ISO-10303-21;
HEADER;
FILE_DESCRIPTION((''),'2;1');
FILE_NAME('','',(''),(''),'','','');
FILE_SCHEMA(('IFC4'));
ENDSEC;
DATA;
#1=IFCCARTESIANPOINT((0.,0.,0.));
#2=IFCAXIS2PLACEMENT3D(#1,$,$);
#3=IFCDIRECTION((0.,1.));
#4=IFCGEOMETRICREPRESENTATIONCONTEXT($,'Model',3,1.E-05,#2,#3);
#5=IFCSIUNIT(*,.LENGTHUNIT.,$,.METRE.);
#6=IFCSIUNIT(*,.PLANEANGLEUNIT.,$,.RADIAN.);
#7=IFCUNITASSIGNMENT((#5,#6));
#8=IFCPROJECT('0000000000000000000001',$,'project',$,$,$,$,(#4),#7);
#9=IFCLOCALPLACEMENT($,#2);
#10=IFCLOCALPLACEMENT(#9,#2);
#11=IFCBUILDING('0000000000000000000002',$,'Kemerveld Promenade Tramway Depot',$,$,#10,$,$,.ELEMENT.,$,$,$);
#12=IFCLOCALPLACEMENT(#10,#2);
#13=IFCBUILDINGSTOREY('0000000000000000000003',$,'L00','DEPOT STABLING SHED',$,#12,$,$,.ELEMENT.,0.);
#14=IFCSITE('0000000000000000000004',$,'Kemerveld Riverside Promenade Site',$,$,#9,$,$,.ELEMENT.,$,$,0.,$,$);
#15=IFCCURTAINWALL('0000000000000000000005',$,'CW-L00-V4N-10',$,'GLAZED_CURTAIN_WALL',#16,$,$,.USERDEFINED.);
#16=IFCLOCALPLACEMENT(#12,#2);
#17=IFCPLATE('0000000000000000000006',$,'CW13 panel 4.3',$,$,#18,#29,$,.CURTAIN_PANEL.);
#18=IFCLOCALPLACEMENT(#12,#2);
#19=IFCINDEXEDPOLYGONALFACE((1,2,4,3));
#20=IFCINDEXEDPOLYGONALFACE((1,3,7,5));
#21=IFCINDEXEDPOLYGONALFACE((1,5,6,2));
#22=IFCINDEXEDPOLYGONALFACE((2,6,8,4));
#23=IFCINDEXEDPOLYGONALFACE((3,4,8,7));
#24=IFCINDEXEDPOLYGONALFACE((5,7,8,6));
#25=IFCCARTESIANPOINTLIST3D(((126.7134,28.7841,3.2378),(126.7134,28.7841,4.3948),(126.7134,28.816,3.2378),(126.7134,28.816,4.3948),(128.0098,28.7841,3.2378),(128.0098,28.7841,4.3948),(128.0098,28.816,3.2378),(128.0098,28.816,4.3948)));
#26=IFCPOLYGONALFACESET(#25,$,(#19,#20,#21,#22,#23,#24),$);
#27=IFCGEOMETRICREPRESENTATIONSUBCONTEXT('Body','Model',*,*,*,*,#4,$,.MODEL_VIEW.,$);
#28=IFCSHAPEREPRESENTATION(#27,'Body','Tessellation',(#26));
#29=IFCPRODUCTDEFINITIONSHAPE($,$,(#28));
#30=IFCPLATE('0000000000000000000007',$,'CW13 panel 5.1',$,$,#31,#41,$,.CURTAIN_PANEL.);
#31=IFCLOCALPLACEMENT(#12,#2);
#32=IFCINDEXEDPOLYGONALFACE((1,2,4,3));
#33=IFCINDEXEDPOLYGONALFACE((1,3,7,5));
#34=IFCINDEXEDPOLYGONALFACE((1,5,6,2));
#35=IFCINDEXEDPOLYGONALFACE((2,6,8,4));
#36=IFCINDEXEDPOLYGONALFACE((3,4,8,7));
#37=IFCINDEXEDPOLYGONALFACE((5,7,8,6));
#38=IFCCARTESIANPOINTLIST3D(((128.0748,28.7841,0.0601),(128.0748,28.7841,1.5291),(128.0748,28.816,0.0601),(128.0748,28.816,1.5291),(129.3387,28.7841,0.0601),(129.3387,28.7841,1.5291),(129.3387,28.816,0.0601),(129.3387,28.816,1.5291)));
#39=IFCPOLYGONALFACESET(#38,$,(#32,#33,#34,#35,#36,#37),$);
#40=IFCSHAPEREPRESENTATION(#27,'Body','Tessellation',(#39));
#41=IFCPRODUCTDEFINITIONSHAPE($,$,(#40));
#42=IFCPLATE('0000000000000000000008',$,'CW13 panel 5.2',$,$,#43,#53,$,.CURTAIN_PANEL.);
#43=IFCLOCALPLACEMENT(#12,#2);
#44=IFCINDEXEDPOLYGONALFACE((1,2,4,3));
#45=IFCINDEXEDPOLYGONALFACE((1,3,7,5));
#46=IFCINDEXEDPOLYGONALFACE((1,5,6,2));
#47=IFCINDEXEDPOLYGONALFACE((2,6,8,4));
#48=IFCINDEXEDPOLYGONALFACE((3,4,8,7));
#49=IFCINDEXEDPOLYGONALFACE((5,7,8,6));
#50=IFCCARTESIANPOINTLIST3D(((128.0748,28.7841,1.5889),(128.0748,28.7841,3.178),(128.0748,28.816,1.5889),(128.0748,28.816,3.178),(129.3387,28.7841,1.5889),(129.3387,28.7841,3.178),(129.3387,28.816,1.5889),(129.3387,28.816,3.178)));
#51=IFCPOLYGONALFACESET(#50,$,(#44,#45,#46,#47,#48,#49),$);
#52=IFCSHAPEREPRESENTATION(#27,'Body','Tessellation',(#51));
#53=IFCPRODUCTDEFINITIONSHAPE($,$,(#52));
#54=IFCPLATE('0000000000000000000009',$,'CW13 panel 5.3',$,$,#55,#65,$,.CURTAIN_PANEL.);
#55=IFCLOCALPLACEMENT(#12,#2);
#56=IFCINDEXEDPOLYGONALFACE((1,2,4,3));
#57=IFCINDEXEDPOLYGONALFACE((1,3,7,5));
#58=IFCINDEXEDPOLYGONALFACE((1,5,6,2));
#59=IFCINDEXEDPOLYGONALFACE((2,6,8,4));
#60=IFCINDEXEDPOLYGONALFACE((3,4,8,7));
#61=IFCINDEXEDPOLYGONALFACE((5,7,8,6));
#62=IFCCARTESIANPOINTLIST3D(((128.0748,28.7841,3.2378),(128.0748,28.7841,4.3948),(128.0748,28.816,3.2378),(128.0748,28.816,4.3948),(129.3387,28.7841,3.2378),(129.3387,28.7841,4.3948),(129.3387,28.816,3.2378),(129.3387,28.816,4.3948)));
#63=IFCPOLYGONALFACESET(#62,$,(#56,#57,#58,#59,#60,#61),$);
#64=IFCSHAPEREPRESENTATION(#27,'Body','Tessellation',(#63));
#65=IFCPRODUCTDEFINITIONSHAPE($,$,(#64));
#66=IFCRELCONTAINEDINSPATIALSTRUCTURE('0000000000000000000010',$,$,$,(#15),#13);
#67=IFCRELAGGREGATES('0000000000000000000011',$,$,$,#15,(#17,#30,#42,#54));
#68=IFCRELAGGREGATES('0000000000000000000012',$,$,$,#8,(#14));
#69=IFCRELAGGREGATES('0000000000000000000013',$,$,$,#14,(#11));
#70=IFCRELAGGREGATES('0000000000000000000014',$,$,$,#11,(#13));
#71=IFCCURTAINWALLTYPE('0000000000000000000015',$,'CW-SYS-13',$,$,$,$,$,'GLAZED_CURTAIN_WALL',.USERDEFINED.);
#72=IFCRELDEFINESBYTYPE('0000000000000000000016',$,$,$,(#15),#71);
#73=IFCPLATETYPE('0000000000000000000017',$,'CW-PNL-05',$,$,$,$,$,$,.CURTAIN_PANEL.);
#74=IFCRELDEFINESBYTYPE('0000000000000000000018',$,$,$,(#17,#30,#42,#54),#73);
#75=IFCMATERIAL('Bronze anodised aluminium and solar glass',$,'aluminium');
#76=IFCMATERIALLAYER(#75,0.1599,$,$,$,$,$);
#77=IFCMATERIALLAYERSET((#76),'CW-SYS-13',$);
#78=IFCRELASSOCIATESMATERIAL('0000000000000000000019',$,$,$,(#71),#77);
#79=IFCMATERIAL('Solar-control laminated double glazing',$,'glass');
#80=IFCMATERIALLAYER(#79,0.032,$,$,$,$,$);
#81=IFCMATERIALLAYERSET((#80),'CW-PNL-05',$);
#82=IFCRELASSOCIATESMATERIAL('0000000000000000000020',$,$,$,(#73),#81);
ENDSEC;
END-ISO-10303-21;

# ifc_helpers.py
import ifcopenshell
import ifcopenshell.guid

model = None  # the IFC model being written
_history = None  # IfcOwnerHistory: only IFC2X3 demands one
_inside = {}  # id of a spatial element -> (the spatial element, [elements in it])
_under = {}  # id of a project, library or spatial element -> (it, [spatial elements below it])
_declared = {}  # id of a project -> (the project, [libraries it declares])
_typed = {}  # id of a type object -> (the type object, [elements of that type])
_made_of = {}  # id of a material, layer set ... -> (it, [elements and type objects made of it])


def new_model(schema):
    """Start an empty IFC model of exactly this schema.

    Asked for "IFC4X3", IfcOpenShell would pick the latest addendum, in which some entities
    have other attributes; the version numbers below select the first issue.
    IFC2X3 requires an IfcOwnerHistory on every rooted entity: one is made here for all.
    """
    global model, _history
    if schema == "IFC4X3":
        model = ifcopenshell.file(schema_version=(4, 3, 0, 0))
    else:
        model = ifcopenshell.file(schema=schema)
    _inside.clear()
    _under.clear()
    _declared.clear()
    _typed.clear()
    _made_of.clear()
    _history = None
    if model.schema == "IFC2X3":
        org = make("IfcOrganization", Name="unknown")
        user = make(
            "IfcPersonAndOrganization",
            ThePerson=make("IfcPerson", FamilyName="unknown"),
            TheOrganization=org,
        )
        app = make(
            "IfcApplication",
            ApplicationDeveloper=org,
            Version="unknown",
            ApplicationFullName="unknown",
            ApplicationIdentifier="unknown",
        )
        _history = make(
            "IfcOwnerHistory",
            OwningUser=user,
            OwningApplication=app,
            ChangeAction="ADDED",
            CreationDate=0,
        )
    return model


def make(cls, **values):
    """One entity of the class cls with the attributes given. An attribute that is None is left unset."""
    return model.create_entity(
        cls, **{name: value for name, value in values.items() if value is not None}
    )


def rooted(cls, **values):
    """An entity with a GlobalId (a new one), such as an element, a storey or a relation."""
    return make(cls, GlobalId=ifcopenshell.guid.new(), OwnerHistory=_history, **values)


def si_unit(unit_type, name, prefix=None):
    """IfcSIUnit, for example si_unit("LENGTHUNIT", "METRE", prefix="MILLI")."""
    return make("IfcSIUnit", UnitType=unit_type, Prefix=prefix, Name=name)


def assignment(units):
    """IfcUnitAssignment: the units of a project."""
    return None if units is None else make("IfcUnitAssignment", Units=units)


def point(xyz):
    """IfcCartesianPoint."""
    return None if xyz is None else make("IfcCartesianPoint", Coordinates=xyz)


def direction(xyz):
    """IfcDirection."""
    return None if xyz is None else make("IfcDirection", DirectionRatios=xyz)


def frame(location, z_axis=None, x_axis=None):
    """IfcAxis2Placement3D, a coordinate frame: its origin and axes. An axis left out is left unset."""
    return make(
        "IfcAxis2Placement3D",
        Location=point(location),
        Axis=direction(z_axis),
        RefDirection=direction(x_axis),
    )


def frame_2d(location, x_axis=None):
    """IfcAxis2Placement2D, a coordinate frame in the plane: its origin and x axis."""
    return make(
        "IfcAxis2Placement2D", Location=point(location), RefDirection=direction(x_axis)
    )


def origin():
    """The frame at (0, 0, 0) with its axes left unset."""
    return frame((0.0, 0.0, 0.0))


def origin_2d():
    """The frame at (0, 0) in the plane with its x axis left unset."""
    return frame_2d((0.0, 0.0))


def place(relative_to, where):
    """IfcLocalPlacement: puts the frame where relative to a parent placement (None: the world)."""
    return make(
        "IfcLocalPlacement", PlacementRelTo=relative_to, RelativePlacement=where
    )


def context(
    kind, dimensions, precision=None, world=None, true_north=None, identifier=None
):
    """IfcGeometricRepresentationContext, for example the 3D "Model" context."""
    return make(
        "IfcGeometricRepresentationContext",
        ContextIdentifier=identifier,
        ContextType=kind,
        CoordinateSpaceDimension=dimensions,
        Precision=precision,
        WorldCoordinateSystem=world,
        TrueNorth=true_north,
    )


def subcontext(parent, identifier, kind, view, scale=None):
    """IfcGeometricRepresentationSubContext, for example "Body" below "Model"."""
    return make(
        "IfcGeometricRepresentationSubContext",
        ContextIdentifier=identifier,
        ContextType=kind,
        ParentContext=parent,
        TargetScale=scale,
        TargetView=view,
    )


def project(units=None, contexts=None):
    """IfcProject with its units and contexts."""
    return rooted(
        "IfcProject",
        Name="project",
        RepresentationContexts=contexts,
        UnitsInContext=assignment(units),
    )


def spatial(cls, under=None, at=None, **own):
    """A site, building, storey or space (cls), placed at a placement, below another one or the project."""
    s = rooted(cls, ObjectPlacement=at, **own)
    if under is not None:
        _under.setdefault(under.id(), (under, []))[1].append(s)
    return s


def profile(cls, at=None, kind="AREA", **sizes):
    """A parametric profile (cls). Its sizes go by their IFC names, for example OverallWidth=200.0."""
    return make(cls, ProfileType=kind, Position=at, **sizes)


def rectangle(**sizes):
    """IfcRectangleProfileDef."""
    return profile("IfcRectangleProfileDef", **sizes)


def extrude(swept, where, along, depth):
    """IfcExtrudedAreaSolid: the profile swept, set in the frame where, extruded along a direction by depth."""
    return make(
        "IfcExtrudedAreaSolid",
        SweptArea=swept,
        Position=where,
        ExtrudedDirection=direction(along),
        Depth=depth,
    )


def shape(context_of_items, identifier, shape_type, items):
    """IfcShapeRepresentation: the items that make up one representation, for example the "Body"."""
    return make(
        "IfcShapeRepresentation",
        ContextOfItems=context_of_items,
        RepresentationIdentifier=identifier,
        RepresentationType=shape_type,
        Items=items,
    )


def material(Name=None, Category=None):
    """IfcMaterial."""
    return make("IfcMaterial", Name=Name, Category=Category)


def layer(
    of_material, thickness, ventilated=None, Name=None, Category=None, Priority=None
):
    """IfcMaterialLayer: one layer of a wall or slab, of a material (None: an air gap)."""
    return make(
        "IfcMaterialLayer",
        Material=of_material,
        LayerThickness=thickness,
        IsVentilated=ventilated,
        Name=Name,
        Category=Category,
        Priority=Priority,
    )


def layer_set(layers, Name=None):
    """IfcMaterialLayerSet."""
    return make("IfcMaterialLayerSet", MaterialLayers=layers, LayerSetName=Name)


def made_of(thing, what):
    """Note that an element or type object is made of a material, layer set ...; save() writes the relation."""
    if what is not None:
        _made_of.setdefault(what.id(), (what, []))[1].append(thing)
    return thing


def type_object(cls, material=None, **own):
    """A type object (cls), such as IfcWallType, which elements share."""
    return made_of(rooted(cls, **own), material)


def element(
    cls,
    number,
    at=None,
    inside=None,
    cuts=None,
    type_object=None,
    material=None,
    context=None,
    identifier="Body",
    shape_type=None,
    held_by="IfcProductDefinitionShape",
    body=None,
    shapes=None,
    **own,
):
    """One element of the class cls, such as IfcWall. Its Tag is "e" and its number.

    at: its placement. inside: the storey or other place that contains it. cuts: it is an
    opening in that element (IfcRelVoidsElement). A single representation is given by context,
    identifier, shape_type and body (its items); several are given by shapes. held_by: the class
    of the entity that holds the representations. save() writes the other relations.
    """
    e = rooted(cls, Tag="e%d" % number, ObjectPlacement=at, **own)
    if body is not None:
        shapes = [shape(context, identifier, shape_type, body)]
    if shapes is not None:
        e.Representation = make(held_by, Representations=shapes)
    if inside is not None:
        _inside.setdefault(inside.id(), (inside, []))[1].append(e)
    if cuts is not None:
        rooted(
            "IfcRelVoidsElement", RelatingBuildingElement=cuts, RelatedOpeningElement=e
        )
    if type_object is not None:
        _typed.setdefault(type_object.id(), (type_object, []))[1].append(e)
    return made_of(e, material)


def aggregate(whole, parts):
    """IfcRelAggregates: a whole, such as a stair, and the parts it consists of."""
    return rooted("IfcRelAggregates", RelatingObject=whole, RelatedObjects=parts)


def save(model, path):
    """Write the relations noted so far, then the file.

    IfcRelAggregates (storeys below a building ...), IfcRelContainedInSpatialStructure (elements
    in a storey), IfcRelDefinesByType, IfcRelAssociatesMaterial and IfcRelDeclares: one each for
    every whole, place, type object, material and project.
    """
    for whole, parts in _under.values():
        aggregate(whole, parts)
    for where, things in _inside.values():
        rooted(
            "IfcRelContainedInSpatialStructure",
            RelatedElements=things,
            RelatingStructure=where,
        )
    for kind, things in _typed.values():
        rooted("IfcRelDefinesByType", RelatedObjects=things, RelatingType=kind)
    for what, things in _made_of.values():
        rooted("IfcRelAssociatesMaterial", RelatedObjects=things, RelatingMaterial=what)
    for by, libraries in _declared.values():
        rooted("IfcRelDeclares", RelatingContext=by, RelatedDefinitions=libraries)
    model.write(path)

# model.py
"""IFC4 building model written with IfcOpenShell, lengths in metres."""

from ifc_helpers import new_model, si_unit, direction, frame, origin, origin_2d, place, context, subcontext, project, spatial, rectangle, extrude, material, layer, layer_set, type_object, element, aggregate, save


model = new_model("IFC4")

# Units and contexts
model_context = context("Model", 3, precision=1e-05, world=origin(), true_north=direction((0.0, 1.0)))
body_context = subcontext(model_context, "Body", "Model", "MODEL_VIEW")
ifc_project = project(units=[si_unit("LENGTHUNIT", "METRE"), si_unit("PLANEANGLEUNIT", "RADIAN")], contexts=[model_context])

# Site, building, storey
site_placement = place(None, origin())
site = spatial("IfcSite", under=ifc_project, at=site_placement, Name="Kemerveld Riverside Promenade Site", CompositionType="ELEMENT", RefElevation=0.0)
building_placement = place(site_placement, origin())
building = spatial("IfcBuilding", under=site, at=building_placement, Name="Kemerveld Promenade Tramway Depot", CompositionType="ELEMENT")
storey_placement = place(building_placement, origin())
storey = spatial("IfcBuildingStorey", under=building, at=storey_placement, Name="L00", Description="DEPOT STABLING SHED", CompositionType="ELEMENT", Elevation=0.0)

# Curtain wall, plates
ifc_material_1 = material(Name="Bronze anodised aluminium and solar glass", Category="aluminium")
ifc_layer_1 = layer(ifc_material_1, 0.1599)
ifc_layer_set_1 = layer_set([ifc_layer_1], Name="CW-SYS-13")
curtain_wall_type = type_object("IfcCurtainWallType", Name="CW-SYS-13", ElementType="GLAZED_CURTAIN_WALL", PredefinedType="USERDEFINED", material=ifc_layer_set_1)
curtain_wall_placement = place(storey_placement, origin())
curtain_wall = element("IfcCurtainWall", 1, at=curtain_wall_placement, inside=storey, type_object=curtain_wall_type, Name="CW-L00-V4N-10", ObjectType="GLAZED_CURTAIN_WALL", PredefinedType="USERDEFINED")
ifc_material_2 = material(Name="Solar-control laminated double glazing", Category="glass")
ifc_layer_2 = layer(ifc_material_2, 0.032)
ifc_layer_set_2 = layer_set([ifc_layer_2], Name="CW-PNL-05")
plate_type = type_object("IfcPlateType", Name="CW-PNL-05", PredefinedType="CURTAIN_PANEL", material=ifc_layer_set_2)
plate_1_placement = place(storey_placement, frame((127.3616, 28.8, 3.2378), z_axis=(0.0, 0.0, 1.0), x_axis=(1.0, 0.0, 0.0)))
plate_1 = element("IfcPlate", 2, at=plate_1_placement, type_object=plate_type, Name="CW13 panel 4.3", PredefinedType="CURTAIN_PANEL", context=body_context, shape_type="SweptSolid", body=[
    extrude(rectangle(XDim=1.2964, YDim=0.032, at=origin_2d()), origin(), (0.0, 0.0, 1.0), 1.157),
])
plate_2_placement = place(storey_placement, frame((128.7068, 28.8, 0.0601), z_axis=(0.0, 0.0, 1.0), x_axis=(1.0, 0.0, 0.0)))
plate_2 = element("IfcPlate", 3, at=plate_2_placement, type_object=plate_type, Name="CW13 panel 5.1", PredefinedType="CURTAIN_PANEL", context=body_context, shape_type="SweptSolid", body=[
    extrude(rectangle(XDim=1.2639, YDim=0.032, at=origin_2d()), origin(), (0.0, 0.0, 1.0), 1.469),
])
plate_3_placement = place(storey_placement, frame((128.7068, 28.8, 1.5889), z_axis=(0.0, 0.0, 1.0), x_axis=(1.0, 0.0, 0.0)))
plate_3 = element("IfcPlate", 4, at=plate_3_placement, type_object=plate_type, Name="CW13 panel 5.2", PredefinedType="CURTAIN_PANEL", context=body_context, shape_type="SweptSolid", body=[
    extrude(rectangle(XDim=1.2639, YDim=0.032, at=origin_2d()), origin(), (0.0, 0.0, 1.0), 1.5891),
])
plate_4_placement = place(storey_placement, frame((128.7068, 28.8, 3.2378), z_axis=(0.0, 0.0, 1.0), x_axis=(1.0, 0.0, 0.0)))
plate_4 = element("IfcPlate", 5, at=plate_4_placement, type_object=plate_type, Name="CW13 panel 5.3", PredefinedType="CURTAIN_PANEL", context=body_context, shape_type="SweptSolid", body=[
    extrude(rectangle(XDim=1.2639, YDim=0.032, at=origin_2d()), origin(), (0.0, 0.0, 1.0), 1.157),
])
aggregate(curtain_wall, [plate_1, plate_2, plate_3, plate_4])

save(model, "model.ifc")
